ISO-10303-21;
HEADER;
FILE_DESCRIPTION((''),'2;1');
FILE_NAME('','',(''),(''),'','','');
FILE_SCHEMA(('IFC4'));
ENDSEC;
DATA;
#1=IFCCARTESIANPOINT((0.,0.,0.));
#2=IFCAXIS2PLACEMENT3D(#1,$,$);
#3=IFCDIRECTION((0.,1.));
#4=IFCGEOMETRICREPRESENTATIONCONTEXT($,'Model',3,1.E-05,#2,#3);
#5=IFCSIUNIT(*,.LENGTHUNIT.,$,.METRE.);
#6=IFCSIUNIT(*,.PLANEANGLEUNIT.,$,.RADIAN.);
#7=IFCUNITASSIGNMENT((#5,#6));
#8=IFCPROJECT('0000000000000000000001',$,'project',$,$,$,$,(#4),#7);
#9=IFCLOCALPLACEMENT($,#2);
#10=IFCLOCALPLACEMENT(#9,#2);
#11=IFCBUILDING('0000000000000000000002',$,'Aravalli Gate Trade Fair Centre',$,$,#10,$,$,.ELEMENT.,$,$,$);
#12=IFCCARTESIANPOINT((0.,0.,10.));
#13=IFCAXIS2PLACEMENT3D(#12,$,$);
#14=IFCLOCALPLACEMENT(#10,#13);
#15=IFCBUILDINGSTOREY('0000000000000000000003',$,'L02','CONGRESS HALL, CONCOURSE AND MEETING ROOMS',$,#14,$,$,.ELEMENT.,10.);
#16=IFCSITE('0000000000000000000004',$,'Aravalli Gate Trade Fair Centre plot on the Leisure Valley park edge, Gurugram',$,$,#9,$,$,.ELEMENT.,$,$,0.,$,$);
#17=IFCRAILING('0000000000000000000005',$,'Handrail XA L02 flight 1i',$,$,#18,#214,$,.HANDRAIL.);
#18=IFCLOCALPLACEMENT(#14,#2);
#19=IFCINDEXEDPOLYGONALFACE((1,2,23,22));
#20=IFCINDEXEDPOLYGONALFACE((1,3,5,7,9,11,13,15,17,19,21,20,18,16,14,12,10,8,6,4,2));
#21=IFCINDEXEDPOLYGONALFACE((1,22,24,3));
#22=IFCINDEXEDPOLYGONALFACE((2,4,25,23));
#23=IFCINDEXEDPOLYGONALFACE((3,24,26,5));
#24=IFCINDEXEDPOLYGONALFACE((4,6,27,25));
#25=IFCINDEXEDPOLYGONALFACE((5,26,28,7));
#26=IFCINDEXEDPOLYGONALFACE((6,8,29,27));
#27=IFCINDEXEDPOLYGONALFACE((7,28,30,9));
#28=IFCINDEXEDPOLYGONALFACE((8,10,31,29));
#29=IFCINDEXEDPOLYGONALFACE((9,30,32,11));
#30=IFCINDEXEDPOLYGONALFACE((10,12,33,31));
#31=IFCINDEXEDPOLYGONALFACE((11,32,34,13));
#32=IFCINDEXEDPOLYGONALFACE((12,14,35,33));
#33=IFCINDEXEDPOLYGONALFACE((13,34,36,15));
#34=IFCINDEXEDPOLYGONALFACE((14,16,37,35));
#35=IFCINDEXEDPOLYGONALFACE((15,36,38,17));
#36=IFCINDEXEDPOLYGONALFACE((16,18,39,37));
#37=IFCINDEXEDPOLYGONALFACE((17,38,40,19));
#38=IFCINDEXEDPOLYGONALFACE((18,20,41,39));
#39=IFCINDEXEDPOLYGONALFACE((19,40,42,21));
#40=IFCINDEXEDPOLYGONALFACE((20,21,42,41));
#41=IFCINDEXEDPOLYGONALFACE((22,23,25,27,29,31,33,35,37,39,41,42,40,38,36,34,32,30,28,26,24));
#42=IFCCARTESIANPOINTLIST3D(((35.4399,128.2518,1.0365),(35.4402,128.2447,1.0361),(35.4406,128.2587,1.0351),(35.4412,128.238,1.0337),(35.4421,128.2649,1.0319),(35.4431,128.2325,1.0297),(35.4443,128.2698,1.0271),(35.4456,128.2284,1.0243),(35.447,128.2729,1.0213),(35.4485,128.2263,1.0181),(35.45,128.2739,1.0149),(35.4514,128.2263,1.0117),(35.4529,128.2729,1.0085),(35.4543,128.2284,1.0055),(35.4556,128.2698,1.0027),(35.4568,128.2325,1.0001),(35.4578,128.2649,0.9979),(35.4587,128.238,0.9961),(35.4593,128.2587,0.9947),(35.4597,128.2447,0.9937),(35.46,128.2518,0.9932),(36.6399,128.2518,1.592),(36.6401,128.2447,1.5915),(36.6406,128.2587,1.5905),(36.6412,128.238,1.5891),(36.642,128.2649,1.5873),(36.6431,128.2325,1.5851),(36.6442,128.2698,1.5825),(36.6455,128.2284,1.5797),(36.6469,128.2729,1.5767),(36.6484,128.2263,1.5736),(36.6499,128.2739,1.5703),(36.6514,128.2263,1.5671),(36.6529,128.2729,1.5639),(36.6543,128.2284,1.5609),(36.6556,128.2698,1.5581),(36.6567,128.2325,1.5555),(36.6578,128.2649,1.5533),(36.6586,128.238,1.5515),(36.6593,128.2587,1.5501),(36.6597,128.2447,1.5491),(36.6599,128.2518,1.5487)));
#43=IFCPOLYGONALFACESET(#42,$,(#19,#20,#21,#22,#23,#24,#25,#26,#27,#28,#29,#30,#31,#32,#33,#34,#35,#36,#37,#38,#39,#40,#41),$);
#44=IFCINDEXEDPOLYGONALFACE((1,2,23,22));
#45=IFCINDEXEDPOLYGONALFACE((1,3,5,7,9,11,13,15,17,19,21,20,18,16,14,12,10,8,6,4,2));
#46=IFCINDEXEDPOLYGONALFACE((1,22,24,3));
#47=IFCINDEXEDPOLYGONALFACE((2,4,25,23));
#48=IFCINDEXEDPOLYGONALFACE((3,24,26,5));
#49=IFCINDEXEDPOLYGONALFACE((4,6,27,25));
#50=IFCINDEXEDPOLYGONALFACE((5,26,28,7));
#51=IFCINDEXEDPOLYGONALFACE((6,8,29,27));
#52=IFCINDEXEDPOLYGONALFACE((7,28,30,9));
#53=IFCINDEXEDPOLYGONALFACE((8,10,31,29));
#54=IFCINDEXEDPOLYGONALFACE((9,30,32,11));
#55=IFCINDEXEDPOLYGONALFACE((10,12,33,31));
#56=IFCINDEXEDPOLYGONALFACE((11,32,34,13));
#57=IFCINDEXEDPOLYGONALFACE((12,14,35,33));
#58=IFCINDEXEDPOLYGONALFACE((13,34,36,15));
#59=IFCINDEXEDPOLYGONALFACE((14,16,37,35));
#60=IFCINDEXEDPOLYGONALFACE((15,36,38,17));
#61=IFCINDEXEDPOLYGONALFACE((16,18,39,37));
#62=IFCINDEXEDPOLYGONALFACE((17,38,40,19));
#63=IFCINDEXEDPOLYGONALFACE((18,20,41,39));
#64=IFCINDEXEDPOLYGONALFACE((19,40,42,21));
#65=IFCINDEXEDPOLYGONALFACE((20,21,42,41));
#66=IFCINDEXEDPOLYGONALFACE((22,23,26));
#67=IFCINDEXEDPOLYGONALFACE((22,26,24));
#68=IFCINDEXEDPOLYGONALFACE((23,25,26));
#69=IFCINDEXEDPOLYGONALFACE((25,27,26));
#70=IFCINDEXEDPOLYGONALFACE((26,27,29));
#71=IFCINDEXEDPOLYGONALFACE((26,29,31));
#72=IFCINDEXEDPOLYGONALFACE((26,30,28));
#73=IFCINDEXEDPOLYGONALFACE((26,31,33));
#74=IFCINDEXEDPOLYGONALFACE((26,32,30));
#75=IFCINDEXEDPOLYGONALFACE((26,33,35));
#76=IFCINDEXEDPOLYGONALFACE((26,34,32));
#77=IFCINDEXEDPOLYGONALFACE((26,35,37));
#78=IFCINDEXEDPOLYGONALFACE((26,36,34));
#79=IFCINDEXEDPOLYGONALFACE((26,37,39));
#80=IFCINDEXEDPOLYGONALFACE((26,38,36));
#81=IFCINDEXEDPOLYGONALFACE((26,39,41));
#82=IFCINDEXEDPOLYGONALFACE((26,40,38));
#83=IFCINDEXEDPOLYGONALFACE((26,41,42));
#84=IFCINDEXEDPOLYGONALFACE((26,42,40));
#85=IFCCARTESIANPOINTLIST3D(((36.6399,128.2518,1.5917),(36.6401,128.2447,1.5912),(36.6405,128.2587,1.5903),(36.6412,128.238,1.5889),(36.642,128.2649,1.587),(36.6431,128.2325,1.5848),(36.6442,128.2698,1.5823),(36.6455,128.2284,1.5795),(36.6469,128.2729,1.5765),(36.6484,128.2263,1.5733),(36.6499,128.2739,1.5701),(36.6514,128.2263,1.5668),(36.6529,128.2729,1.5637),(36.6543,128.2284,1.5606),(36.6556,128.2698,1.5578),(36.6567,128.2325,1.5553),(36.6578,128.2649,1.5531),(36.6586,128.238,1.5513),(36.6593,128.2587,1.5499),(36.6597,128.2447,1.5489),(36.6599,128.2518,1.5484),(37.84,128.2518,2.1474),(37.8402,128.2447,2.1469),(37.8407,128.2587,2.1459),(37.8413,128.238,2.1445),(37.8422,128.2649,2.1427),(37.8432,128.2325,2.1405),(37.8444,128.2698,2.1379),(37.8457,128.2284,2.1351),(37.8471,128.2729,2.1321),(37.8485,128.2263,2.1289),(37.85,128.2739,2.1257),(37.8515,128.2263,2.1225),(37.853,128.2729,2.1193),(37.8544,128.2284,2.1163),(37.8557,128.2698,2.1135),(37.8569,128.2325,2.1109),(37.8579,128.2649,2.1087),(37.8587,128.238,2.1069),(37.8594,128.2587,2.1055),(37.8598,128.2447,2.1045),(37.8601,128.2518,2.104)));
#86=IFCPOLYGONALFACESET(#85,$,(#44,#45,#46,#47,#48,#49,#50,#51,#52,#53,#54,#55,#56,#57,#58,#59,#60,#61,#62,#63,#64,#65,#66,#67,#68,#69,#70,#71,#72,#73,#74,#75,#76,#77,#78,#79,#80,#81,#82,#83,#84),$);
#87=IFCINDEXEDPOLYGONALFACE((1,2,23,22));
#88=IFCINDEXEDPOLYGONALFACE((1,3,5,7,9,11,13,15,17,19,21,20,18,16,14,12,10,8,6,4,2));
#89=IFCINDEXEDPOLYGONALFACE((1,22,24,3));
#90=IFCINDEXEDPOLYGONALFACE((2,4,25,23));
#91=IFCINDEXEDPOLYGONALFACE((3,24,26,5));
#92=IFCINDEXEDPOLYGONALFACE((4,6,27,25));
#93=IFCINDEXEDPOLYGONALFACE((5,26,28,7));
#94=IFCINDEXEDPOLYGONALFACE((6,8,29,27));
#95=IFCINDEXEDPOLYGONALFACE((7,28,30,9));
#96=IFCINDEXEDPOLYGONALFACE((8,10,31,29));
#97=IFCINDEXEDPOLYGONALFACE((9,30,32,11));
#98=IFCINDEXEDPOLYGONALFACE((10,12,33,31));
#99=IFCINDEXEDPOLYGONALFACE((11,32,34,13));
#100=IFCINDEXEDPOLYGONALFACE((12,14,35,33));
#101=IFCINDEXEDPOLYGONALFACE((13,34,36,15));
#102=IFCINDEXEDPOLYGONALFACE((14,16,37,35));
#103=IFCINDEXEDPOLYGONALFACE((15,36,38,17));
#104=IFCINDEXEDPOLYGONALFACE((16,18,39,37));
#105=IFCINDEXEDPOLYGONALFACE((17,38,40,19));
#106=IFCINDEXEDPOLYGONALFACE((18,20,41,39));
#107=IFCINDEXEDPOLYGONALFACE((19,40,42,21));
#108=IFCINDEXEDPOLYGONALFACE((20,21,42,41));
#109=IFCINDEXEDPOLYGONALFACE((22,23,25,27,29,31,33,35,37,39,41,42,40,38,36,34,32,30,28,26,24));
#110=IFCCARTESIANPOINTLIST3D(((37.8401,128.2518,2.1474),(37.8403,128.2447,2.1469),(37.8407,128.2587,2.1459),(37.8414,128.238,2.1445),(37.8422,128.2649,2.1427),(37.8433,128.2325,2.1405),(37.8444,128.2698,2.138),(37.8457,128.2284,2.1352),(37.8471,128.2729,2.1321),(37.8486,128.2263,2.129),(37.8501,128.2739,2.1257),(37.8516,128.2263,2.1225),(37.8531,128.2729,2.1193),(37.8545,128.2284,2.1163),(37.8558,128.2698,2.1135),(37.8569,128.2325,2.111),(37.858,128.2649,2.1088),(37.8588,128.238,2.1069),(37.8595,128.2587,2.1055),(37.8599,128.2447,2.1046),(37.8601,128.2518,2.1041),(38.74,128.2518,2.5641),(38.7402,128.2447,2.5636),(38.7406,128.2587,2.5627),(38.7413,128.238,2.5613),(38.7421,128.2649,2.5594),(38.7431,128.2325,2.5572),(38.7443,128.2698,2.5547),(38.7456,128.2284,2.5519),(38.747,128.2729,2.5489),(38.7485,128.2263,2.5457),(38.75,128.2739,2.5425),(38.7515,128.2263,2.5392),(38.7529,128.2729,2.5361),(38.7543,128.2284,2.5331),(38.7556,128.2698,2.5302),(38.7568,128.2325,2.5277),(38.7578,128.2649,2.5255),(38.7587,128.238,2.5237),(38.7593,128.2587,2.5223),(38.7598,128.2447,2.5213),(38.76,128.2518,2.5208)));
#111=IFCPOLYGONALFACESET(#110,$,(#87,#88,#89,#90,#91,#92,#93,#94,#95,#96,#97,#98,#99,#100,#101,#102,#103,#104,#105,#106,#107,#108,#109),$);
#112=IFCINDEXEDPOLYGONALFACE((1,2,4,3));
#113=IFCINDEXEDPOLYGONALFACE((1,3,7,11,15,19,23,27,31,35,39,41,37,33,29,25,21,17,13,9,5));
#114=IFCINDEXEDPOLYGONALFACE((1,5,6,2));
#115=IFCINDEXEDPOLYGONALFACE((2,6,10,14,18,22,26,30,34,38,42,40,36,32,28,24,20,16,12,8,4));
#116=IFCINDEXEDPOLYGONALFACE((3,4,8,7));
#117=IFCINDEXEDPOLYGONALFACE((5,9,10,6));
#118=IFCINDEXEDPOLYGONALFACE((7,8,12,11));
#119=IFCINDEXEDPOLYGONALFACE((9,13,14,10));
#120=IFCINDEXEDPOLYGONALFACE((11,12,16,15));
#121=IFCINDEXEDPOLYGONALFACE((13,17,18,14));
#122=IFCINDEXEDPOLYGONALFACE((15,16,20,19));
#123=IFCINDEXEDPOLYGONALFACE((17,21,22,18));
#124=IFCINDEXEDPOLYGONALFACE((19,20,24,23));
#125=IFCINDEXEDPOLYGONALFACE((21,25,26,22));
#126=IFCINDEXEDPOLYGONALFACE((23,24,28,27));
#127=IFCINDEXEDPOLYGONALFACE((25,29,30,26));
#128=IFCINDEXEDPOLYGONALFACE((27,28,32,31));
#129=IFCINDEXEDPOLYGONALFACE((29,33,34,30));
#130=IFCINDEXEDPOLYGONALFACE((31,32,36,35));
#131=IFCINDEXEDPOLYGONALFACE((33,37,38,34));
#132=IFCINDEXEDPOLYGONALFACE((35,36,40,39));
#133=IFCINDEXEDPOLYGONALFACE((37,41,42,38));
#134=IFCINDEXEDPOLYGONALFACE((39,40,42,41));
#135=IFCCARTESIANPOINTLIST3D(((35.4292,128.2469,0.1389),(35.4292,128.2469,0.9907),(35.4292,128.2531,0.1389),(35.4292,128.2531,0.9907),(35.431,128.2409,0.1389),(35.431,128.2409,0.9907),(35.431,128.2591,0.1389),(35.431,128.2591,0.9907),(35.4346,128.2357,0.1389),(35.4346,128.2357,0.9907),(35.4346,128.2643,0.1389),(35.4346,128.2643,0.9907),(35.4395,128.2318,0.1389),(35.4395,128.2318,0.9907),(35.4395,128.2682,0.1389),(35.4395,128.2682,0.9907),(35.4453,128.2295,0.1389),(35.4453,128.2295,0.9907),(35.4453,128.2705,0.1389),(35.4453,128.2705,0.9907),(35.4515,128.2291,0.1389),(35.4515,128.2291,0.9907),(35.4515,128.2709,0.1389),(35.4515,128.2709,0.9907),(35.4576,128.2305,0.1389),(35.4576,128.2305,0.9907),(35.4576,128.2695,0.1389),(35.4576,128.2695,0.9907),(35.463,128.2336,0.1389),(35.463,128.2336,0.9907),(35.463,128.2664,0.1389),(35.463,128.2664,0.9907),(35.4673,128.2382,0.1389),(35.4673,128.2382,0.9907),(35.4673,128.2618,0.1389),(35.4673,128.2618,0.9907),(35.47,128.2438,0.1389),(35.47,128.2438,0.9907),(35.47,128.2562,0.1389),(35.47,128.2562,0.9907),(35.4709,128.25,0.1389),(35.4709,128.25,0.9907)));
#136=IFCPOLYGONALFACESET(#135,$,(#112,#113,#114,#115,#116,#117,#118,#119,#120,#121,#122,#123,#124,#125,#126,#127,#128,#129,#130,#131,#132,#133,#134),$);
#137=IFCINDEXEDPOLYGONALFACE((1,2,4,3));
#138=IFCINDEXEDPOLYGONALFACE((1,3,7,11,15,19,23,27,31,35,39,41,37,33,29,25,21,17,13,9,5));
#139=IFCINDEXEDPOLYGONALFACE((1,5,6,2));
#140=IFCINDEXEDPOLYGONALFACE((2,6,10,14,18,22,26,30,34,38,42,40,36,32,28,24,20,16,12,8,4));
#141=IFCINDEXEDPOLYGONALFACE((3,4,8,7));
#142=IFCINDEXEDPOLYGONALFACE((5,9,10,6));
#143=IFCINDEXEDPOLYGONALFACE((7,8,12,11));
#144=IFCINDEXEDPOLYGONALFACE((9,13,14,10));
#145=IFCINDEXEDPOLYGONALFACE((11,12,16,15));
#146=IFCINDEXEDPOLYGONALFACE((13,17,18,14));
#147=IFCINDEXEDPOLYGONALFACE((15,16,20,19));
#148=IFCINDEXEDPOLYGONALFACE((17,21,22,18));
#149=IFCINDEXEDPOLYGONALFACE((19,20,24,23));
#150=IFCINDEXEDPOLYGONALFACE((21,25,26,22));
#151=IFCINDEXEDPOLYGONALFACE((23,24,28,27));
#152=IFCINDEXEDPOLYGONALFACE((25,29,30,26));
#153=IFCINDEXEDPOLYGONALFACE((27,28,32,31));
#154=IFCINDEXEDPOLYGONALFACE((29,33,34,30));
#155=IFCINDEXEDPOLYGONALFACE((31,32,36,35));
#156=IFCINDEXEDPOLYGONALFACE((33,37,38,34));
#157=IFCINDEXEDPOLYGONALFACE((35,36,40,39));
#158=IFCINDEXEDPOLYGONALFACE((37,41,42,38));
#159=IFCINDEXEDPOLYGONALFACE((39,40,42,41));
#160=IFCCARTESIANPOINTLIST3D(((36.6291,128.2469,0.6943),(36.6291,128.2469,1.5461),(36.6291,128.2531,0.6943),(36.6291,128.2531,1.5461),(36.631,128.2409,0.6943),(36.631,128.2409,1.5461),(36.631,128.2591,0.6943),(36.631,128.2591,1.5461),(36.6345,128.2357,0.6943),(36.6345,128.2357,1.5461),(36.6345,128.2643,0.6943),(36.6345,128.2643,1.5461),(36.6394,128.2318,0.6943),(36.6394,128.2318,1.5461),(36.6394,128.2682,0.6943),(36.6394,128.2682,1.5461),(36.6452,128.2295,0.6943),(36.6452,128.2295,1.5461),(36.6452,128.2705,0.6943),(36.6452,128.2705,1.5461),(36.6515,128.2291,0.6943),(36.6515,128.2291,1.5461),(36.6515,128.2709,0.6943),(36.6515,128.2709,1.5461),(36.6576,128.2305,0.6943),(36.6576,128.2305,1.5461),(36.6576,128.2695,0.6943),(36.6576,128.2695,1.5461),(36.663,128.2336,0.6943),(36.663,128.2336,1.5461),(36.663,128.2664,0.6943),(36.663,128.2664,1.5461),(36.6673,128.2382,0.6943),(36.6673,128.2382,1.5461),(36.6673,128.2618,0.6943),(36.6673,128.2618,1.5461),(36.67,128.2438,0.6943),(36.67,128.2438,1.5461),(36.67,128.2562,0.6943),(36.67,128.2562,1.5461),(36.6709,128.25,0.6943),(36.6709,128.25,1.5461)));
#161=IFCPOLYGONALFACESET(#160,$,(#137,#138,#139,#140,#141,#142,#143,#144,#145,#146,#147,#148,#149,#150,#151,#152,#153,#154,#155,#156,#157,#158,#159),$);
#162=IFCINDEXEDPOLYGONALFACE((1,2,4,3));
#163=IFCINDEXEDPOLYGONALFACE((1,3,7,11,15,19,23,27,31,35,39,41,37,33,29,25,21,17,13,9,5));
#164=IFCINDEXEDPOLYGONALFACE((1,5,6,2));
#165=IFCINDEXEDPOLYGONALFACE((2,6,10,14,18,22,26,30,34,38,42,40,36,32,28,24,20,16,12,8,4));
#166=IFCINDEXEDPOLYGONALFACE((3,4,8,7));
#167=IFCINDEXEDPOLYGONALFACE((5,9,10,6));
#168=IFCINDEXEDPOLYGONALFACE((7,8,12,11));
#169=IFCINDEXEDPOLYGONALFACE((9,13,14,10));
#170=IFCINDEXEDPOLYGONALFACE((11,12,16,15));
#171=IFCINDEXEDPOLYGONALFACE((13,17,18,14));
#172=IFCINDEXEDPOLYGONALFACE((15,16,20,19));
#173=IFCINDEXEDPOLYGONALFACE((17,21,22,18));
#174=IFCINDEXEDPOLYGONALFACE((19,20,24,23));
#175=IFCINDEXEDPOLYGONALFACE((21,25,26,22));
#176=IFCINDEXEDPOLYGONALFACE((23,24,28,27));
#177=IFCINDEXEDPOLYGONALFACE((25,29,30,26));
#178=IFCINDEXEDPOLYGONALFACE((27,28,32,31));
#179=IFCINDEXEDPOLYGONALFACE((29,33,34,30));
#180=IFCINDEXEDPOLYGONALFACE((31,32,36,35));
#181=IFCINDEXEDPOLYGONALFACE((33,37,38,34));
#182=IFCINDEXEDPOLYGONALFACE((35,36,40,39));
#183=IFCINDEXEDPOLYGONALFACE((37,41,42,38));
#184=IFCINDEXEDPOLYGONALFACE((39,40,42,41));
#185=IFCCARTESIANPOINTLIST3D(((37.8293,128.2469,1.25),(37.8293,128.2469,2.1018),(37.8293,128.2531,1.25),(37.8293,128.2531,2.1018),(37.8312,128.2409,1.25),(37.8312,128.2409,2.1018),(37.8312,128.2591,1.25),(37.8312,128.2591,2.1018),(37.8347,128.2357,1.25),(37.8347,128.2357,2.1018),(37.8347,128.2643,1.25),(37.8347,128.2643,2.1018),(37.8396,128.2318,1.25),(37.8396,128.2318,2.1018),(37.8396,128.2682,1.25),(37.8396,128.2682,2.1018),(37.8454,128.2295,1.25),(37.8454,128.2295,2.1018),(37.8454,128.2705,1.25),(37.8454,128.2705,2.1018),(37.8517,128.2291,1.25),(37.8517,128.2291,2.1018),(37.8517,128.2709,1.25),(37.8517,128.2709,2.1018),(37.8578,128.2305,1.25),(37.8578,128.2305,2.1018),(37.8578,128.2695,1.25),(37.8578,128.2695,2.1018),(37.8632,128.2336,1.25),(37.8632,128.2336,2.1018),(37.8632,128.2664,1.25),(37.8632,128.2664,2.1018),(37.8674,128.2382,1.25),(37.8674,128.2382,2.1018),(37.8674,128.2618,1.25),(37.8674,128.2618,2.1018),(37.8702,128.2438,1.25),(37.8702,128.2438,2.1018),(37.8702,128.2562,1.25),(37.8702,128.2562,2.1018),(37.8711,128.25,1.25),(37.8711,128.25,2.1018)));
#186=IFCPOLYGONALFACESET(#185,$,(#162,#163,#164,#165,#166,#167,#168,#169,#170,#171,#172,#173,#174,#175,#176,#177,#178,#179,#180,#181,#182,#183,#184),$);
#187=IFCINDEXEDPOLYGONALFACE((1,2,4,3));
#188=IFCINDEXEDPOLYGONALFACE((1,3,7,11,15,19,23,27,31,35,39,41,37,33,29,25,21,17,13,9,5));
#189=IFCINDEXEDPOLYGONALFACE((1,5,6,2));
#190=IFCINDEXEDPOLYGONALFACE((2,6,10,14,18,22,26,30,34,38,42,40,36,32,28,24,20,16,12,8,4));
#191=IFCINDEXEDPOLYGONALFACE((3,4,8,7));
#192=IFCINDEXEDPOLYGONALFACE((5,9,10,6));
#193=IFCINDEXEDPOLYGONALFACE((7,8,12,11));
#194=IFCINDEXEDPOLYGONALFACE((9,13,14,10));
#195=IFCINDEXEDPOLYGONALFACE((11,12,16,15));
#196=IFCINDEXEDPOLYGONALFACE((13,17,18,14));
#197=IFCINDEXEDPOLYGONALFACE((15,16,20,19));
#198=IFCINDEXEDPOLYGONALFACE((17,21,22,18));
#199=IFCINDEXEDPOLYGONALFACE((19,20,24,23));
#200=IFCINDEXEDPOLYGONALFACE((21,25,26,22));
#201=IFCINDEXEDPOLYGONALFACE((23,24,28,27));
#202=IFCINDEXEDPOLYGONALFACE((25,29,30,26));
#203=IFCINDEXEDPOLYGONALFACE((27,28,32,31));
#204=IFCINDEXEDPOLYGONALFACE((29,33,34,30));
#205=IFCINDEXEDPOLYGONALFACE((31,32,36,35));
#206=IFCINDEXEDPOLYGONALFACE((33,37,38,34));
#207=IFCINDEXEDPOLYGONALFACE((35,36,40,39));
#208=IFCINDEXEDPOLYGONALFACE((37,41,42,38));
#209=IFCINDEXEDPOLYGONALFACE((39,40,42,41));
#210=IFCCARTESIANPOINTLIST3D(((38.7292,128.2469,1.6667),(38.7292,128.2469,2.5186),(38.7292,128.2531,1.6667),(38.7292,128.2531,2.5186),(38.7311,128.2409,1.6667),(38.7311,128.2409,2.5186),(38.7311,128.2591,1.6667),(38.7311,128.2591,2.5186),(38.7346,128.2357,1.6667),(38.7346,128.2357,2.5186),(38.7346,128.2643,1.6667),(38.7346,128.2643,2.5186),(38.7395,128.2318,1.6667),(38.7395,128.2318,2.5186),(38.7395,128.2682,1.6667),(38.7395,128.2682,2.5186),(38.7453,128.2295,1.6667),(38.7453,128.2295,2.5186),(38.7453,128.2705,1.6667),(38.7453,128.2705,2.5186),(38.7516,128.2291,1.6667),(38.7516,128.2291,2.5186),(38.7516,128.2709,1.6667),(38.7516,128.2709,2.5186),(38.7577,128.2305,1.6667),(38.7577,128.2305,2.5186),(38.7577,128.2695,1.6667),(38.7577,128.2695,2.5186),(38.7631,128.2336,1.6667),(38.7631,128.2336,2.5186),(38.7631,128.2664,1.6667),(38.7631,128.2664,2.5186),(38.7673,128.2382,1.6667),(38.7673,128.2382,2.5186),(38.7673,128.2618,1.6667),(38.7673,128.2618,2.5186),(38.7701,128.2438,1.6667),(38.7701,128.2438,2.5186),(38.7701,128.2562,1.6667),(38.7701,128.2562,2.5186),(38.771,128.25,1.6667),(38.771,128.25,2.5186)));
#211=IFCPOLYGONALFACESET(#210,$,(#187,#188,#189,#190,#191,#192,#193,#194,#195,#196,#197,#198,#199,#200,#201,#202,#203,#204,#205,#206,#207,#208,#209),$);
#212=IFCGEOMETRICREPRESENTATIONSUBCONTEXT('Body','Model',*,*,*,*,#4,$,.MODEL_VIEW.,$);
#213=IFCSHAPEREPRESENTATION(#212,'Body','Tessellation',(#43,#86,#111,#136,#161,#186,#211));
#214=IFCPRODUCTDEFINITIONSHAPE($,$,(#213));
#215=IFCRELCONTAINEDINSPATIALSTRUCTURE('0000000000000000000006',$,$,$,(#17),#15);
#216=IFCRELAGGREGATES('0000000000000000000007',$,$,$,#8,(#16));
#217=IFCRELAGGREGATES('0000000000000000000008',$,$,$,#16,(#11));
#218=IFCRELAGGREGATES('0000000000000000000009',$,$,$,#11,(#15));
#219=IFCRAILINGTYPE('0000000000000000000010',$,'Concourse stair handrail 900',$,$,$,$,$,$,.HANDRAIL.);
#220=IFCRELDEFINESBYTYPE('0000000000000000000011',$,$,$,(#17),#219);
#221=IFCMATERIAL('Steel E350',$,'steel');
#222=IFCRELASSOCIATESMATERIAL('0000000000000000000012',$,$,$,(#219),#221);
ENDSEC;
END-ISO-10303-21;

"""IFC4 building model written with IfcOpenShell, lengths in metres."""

from ifc_helpers import new_model, si_unit, direction, frame, origin, origin_2d, place, context, subcontext, project, spatial, circle, extrude, material, type_object, element, save


model = new_model("IFC4")

# Units and contexts
model_context = context("Model", 3, precision=1e-05, world=origin(), true_north=direction((0.0, 1.0)))
body_context = subcontext(model_context, "Body", "Model", "MODEL_VIEW")
ifc_project = project(units=[si_unit("LENGTHUNIT", "METRE"), si_unit("PLANEANGLEUNIT", "RADIAN")], contexts=[model_context])

# Site, building, storey
site_placement = place(None, origin())
site = spatial("IfcSite", under=ifc_project, at=site_placement, Name="Aravalli Gate Trade Fair Centre plot on the Leisure Valley park edge, Gurugram", CompositionType="ELEMENT", RefElevation=0.0)
building_placement = place(site_placement, origin())
building = spatial("IfcBuilding", under=site, at=building_placement, Name="Aravalli Gate Trade Fair Centre", CompositionType="ELEMENT")
storey_placement = place(building_placement, frame((0.0, 0.0, 10.0)))
storey = spatial("IfcBuildingStorey", under=building, at=storey_placement, Name="L02", Description="CONGRESS HALL, CONCOURSE AND MEETING ROOMS", CompositionType="ELEMENT", Elevation=10.0)

# Shared definitions
ifc_material_1 = material(Name="Steel E350", Category="steel")

# Railing
railing_type_1 = type_object("IfcRailingType", Name="Concourse stair handrail 900", PredefinedType="HANDRAIL", material=ifc_material_1)
railing_1_placement = place(storey_placement, frame((35.45, 128.25, 0.1389)))
element("IfcRailing", 1, at=railing_1_placement, inside=storey, type_object=railing_type_1, Name="Handrail XA L02 flight 1i", PredefinedType="HANDRAIL", context=body_context, shape_type="SweptSolid", body=[
    extrude(circle(Radius=0.0239, at=origin_2d()), frame((0.0, 0.0, 0.876), z_axis=(0.907499, 0.0, 0.420053), x_axis=(0.0, 1.0, 0.0)), (0.0, 0.0, 1.0), 1.3223),
    extrude(circle(Radius=0.0239, at=origin_2d()), frame((1.2, 0.0, 1.4312), z_axis=(0.907462, 0.0, 0.420135), x_axis=(0.0, 1.0, 0.0)), (0.0, 0.0, 1.0), 1.3225),
    extrude(circle(Radius=0.0239, at=origin_2d()), frame((2.4001, 0.0, 1.9868), z_axis=(0.907418, 0.0, 0.420229), x_axis=(0.0, 1.0, 0.0)), (0.0, 0.0, 1.0), 0.9917),
    extrude(circle(Radius=0.021, at=origin_2d()), origin(), (0.0, 0.0, 1.0), 0.8518),
    extrude(circle(Radius=0.021, at=origin_2d()), frame((1.2, 0.0, 0.5554)), (0.0, 0.0, 1.0), 0.8518),
    extrude(circle(Radius=0.021, at=origin_2d()), frame((2.4001, 0.0, 1.1111)), (0.0, 0.0, 1.0), 0.8518),
    extrude(circle(Radius=0.021, at=origin_2d()), frame((3.3, 0.0, 1.5278)), (0.0, 0.0, 1.0), 0.8518),
])

save(model, "model.ifc")
